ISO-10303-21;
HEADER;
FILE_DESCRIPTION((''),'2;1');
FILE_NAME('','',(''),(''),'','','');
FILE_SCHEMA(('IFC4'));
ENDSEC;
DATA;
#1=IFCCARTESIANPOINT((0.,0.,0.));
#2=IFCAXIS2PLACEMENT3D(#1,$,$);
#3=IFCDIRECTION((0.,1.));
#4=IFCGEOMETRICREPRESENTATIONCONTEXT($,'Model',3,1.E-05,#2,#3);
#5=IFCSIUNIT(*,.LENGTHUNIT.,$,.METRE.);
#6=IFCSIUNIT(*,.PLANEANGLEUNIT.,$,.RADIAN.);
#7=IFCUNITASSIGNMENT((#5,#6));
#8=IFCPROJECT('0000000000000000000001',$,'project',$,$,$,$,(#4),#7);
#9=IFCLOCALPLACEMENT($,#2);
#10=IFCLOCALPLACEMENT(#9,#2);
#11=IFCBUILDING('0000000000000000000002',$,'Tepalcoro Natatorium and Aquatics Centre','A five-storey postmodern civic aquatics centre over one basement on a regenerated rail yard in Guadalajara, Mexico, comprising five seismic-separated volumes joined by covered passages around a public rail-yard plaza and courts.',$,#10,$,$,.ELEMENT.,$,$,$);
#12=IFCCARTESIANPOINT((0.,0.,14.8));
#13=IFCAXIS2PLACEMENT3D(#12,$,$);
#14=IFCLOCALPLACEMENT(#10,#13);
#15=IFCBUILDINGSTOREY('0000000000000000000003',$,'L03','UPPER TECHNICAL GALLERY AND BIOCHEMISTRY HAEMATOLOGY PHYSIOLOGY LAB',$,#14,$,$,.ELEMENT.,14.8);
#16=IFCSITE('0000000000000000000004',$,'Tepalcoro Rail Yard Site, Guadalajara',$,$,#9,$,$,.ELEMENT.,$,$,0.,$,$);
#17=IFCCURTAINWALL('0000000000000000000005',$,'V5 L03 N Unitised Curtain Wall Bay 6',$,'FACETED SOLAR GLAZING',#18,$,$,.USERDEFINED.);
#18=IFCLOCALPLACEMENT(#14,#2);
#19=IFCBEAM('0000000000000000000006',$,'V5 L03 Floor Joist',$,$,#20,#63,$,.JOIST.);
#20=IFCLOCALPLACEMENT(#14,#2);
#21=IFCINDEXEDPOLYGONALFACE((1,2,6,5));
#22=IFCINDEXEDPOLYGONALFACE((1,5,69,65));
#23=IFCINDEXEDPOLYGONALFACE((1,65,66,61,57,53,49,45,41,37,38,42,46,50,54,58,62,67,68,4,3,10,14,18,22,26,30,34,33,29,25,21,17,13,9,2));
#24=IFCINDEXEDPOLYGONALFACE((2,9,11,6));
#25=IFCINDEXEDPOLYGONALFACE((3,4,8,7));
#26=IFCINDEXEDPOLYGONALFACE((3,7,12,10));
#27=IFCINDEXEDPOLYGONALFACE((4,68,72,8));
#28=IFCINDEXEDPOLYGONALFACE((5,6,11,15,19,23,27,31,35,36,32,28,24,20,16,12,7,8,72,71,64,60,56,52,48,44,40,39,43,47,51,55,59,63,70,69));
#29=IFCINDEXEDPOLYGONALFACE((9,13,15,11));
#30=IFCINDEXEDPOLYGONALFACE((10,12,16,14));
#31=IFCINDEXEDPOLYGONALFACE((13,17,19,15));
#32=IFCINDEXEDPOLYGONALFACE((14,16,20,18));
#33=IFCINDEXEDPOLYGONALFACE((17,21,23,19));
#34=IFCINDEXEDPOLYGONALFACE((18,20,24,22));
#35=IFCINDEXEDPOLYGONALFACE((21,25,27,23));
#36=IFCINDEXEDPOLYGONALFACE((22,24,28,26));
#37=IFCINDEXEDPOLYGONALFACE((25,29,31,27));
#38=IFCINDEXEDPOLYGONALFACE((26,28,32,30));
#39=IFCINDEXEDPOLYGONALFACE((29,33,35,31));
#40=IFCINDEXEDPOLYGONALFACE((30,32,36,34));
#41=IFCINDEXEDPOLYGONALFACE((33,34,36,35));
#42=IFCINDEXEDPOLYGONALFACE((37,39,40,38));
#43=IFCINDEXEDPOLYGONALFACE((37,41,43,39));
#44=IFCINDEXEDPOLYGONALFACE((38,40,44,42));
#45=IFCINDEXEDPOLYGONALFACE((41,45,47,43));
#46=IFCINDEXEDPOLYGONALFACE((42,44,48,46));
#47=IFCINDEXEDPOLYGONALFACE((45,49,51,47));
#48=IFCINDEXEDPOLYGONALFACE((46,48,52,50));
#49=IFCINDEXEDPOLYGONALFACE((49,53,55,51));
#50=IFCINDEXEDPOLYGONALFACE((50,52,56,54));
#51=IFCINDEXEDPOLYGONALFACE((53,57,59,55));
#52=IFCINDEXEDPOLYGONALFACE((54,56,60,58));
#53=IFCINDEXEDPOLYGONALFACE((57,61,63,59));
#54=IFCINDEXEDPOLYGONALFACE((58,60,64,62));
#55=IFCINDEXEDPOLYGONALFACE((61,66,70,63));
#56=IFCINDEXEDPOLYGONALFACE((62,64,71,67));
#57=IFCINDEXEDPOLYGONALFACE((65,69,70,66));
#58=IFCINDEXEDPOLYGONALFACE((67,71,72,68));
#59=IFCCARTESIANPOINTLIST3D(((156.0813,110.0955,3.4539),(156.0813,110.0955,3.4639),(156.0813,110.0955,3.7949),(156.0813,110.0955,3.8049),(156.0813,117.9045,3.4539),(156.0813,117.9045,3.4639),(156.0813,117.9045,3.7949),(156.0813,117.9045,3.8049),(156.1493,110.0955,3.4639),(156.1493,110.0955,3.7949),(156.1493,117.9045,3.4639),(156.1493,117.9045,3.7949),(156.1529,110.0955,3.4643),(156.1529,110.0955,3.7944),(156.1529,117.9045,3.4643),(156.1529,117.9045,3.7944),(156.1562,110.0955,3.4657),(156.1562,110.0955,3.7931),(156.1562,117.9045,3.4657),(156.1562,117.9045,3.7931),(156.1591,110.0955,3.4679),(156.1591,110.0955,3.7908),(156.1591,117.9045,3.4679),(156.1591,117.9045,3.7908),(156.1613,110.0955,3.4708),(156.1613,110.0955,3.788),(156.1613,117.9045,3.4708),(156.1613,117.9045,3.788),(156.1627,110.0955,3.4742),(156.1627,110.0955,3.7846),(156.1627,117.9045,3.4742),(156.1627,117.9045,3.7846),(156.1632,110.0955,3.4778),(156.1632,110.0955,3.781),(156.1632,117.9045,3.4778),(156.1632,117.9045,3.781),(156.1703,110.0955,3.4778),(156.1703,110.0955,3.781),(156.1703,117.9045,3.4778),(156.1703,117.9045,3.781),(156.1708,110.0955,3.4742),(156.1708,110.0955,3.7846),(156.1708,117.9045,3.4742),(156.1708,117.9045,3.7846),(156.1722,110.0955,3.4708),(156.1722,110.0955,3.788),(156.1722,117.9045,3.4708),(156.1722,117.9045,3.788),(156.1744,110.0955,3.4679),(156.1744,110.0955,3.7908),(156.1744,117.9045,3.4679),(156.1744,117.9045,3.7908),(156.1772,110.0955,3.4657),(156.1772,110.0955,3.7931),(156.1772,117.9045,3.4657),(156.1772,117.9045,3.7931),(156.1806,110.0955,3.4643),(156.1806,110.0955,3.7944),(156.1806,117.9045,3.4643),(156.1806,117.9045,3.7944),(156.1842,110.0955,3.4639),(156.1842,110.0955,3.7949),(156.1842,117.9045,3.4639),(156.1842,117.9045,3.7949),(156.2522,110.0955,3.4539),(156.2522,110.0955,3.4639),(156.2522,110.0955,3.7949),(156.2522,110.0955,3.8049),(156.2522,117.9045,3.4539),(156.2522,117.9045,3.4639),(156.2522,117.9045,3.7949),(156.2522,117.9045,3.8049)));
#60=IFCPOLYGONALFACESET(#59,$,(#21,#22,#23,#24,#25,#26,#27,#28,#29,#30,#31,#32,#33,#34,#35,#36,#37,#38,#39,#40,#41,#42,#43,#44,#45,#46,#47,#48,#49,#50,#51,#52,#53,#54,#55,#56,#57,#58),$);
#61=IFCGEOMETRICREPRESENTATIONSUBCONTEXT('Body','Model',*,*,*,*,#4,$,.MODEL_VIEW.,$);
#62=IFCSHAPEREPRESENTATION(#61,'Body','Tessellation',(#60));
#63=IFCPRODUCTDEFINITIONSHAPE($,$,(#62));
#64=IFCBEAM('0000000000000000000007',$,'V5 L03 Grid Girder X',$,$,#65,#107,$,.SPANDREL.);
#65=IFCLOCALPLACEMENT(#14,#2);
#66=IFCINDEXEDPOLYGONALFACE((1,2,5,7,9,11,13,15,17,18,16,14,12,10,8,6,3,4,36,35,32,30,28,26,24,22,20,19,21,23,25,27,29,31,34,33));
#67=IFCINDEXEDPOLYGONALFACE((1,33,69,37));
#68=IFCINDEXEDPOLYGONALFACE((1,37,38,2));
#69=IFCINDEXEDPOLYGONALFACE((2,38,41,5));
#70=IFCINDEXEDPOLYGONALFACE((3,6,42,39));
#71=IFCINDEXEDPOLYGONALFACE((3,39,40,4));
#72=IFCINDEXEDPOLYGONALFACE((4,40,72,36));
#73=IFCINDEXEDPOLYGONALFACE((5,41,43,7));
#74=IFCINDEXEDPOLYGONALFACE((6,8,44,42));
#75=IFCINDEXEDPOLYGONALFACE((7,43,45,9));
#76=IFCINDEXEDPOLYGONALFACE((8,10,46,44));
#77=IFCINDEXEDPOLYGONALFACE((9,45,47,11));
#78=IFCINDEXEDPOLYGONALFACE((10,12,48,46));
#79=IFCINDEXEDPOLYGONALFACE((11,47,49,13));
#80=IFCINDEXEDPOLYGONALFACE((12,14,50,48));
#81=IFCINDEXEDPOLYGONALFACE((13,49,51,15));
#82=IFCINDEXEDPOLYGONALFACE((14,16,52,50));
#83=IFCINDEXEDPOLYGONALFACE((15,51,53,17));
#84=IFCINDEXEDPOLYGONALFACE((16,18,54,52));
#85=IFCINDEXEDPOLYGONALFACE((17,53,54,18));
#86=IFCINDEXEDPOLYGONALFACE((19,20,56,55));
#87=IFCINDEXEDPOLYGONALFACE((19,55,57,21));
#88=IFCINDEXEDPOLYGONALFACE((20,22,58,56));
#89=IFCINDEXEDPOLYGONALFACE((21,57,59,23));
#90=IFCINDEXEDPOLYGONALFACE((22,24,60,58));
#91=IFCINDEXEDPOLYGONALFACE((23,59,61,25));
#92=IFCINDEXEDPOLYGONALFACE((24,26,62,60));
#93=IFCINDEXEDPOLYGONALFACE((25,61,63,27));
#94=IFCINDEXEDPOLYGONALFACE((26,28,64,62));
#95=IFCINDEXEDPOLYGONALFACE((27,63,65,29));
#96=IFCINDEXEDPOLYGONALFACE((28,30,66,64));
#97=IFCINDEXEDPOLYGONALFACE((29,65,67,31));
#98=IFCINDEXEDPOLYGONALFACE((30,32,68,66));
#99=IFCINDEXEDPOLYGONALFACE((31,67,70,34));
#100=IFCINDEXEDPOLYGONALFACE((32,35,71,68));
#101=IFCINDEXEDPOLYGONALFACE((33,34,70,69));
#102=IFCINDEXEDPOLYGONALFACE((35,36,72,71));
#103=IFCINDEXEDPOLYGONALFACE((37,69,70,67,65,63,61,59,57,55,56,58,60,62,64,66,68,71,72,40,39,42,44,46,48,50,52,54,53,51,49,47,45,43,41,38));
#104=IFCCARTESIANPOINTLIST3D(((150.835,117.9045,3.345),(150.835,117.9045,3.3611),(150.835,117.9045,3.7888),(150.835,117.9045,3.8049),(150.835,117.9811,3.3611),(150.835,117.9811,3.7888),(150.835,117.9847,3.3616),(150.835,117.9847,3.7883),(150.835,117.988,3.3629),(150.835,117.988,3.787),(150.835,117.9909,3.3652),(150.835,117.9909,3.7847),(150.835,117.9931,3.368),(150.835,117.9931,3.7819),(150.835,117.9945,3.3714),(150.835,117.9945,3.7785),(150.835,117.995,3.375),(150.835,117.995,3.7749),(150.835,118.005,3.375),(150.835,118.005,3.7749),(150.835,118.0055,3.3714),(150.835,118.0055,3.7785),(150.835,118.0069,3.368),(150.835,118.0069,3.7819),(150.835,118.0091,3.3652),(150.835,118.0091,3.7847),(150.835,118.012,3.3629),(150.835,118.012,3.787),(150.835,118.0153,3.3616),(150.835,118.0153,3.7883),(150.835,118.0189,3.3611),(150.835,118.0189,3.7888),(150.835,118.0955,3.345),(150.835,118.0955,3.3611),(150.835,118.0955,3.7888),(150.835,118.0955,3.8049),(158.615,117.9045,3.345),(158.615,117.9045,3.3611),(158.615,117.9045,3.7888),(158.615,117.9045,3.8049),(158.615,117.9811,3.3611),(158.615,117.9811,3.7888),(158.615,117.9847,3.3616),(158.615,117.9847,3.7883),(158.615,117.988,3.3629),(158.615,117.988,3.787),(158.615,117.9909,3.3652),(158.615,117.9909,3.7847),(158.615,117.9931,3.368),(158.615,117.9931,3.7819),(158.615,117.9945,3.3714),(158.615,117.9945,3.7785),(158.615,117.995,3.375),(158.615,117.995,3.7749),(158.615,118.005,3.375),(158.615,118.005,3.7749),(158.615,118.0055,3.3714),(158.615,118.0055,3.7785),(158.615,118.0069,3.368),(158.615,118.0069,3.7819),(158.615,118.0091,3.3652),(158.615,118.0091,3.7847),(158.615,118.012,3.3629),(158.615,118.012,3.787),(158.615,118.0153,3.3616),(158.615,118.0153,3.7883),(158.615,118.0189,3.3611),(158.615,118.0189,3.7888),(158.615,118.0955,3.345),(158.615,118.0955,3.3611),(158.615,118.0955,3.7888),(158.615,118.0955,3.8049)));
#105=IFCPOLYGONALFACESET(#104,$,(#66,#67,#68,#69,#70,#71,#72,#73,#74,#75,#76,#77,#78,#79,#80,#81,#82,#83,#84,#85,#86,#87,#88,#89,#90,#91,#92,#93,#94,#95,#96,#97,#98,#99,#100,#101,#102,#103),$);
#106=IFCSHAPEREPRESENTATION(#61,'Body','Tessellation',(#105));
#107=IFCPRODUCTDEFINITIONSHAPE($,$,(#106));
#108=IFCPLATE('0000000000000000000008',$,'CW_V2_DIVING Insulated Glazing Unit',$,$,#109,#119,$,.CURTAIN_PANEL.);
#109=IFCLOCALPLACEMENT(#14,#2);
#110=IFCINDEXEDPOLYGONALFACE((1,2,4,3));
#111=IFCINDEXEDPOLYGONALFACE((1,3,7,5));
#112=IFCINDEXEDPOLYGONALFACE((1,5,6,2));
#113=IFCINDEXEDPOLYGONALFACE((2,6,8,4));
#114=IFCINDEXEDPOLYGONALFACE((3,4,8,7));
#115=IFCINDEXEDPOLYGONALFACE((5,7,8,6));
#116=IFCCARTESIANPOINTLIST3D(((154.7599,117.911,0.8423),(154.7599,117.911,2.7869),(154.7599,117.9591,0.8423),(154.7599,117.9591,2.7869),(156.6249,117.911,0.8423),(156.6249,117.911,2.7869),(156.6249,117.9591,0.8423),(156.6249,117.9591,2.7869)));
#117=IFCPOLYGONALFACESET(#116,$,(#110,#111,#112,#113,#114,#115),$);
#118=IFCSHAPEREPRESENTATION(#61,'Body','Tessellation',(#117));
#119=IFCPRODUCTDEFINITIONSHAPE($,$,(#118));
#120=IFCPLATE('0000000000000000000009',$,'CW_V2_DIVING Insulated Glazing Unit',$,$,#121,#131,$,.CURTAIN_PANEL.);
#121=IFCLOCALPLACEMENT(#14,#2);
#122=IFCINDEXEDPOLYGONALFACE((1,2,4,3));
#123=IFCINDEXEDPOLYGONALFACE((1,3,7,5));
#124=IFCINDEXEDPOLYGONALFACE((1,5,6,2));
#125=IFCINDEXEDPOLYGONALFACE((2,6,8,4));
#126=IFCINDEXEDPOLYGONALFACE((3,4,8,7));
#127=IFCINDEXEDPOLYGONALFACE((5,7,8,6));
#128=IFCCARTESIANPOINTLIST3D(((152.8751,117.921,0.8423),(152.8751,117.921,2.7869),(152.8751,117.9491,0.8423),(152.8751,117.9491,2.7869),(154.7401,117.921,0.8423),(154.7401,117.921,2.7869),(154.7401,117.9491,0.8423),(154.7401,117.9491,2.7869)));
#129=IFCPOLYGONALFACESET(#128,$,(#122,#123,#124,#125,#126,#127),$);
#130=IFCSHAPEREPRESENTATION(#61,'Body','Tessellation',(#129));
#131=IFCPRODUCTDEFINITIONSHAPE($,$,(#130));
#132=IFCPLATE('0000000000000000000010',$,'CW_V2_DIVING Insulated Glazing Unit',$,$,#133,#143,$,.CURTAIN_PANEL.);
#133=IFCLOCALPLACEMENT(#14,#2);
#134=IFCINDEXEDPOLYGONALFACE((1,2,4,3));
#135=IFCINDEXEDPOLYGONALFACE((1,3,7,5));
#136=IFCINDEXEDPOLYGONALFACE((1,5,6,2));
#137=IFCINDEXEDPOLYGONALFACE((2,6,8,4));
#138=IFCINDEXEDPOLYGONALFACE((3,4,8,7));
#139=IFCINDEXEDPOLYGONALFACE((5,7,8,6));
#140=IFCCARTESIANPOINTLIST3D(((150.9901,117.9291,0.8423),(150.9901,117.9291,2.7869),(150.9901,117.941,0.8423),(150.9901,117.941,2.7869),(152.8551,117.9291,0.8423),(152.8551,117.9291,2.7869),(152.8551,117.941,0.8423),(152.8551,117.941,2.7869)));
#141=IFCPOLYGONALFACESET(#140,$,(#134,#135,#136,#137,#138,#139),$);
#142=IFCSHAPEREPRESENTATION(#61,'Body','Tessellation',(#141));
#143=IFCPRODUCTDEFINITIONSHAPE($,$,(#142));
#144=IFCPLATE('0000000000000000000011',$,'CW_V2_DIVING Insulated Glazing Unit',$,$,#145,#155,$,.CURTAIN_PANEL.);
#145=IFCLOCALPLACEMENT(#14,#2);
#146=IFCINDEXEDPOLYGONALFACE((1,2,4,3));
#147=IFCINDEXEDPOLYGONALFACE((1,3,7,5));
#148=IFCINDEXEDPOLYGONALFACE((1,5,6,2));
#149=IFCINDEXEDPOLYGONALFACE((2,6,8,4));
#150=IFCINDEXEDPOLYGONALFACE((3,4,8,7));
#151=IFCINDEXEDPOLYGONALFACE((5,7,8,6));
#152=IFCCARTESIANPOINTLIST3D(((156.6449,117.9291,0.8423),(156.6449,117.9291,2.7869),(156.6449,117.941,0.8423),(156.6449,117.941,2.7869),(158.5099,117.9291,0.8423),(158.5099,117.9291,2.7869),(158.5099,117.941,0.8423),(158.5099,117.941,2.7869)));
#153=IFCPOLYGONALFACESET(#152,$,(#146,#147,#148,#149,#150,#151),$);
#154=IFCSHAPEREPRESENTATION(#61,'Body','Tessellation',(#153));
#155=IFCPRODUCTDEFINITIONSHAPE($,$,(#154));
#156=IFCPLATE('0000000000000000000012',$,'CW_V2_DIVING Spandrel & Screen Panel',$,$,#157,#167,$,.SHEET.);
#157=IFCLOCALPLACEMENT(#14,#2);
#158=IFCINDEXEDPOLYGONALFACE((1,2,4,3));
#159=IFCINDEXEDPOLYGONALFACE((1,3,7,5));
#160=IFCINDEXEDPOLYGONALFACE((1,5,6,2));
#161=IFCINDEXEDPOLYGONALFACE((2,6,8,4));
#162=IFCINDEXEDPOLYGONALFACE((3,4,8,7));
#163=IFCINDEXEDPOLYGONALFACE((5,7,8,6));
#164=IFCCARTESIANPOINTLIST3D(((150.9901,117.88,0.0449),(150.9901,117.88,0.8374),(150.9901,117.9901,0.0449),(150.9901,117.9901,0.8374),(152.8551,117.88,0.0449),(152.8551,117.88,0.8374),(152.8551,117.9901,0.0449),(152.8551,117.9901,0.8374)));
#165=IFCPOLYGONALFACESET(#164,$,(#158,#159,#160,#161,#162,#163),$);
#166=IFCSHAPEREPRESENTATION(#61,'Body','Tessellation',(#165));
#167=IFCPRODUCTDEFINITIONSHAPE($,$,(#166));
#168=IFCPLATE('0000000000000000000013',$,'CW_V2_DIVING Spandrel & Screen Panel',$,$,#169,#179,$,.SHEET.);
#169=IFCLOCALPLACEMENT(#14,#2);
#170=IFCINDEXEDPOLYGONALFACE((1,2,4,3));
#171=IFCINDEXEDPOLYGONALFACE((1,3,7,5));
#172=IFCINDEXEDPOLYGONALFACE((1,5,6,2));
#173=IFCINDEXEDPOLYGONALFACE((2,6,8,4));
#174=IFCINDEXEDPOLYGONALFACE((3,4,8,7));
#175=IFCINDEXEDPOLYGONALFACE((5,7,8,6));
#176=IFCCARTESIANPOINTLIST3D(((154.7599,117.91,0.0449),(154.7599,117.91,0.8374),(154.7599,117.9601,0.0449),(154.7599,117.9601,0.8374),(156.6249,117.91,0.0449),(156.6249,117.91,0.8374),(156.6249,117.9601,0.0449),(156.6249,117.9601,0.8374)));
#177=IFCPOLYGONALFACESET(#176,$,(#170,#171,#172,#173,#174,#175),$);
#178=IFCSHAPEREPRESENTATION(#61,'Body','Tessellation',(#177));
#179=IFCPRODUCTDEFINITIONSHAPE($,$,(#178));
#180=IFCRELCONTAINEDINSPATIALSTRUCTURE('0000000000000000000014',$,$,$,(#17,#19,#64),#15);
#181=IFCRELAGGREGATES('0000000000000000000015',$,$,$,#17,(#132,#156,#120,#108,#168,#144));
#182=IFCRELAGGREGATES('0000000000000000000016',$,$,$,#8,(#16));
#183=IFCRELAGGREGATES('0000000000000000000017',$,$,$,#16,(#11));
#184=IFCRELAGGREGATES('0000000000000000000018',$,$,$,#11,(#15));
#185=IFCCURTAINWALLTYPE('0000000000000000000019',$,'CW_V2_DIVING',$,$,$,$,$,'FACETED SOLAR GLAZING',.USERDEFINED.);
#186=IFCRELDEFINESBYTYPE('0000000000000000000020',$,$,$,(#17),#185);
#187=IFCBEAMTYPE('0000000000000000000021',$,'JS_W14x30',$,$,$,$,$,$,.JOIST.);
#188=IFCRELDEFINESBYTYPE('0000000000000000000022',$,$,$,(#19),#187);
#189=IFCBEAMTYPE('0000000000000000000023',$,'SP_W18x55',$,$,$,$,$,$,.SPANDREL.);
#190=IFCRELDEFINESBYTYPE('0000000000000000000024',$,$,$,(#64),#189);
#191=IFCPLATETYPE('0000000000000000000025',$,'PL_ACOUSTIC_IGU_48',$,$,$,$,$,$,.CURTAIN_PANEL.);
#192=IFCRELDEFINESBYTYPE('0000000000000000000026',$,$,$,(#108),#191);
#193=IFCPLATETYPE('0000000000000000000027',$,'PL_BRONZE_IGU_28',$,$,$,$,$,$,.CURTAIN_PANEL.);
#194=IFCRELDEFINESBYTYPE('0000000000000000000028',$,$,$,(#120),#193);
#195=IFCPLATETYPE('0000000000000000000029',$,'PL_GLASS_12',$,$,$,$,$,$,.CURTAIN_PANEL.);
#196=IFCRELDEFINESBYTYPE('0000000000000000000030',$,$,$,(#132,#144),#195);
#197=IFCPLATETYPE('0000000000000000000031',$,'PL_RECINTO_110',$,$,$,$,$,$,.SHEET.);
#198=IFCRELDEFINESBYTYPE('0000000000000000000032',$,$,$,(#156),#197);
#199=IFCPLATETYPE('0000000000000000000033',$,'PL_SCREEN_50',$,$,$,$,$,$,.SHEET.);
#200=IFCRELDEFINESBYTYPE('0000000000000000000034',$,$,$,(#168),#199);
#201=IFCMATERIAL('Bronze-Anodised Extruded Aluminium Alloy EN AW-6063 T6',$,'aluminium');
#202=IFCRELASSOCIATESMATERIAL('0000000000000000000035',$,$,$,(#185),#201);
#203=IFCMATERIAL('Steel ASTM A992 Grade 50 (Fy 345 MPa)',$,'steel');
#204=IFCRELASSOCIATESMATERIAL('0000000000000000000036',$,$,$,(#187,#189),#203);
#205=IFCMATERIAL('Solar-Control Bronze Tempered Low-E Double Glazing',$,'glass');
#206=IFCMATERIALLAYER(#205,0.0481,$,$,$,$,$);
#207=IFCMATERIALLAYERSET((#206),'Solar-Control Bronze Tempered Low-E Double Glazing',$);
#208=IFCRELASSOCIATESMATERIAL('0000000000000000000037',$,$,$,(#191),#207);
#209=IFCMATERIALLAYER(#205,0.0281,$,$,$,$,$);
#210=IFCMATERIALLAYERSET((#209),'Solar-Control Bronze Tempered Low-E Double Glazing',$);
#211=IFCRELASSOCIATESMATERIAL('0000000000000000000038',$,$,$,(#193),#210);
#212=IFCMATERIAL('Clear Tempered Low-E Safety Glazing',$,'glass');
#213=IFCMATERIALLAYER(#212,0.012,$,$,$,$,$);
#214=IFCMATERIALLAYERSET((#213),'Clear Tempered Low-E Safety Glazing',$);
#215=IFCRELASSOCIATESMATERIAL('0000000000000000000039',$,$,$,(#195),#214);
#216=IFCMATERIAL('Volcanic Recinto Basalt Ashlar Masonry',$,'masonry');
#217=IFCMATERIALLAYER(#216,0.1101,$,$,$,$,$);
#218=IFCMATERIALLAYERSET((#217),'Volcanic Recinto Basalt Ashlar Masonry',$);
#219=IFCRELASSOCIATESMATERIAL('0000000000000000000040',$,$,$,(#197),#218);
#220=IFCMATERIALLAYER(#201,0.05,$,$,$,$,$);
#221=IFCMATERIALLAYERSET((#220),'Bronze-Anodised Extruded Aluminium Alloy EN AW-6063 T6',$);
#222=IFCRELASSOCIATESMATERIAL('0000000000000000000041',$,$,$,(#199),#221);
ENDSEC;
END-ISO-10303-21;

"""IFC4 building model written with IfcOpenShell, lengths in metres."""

from ifc_helpers import new_model, si_unit, direction, frame, origin, origin_2d, place, context, subcontext, project, spatial, rectangle, i_section, extrude, material, layer, layer_set, material_profile, profile_set, type_object, element, aggregate, save


model = new_model("IFC4")

# Units and contexts
model_context = context("Model", 3, precision=1e-05, world=origin(), true_north=direction((0.0, 1.0)))
body_context = subcontext(model_context, "Body", "Model", "MODEL_VIEW")
ifc_project = project(units=[si_unit("LENGTHUNIT", "METRE"), si_unit("PLANEANGLEUNIT", "RADIAN")], contexts=[model_context])

# Site, building, storey
site_placement = place(None, origin())
site = spatial("IfcSite", under=ifc_project, at=site_placement, Name="Tepalcoro Rail Yard Site, Guadalajara", CompositionType="ELEMENT", RefElevation=0.0)
building_placement = place(site_placement, origin())
building = spatial("IfcBuilding", under=site, at=building_placement, Name="Tepalcoro Natatorium and Aquatics Centre", Description="A five-storey postmodern civic aquatics centre over one basement on a regenerated rail yard in Guadalajara, Mexico, comprising five seismic-separated volumes joined by covered passages around a public rail-yard plaza and courts.", CompositionType="ELEMENT")
storey_placement = place(building_placement, frame((0.0, 0.0, 14.8)))
storey = spatial("IfcBuildingStorey", under=building, at=storey_placement, Name="L03", Description="UPPER TECHNICAL GALLERY AND BIOCHEMISTRY HAEMATOLOGY PHYSIOLOGY LAB", CompositionType="ELEMENT", Elevation=14.8)

# Shared definitions
ifc_material_1 = material(Name="Steel ASTM A992 Grade 50 (Fy 345 MPa)", Category="steel")

# Curtain wall
ifc_material_2 = material(Name="Bronze-Anodised Extruded Aluminium Alloy EN AW-6063 T6", Category="aluminium")
curtain_wall_type = type_object("IfcCurtainWallType", Name="CW_V2_DIVING", ElementType="FACETED SOLAR GLAZING", PredefinedType="USERDEFINED", material=ifc_material_2)
curtain_wall_placement = place(storey_placement, origin())
curtain_wall = element("IfcCurtainWall", 1, at=curtain_wall_placement, inside=storey, type_object=curtain_wall_type, Name="V5 L03 N Unitised Curtain Wall Bay 6", ObjectType="FACETED SOLAR GLAZING", PredefinedType="USERDEFINED")

# Beams
ifc_material_profile_1 = material_profile(ifc_material_1, i_section(OverallWidth=0.1709, OverallDepth=0.3511, WebThickness=0.0071, FlangeThickness=0.01, FilletRadius=0.0139, at=origin_2d()), Name="W14X30")
ifc_profile_set_1 = profile_set([ifc_material_profile_1], Name="Steel ASTM A992 Grade 50 (Fy 345 MPa)")
beam_type_1 = type_object("IfcBeamType", Name="JS_W14x30", PredefinedType="JOIST", material=ifc_profile_set_1)
beam_1_placement = place(storey_placement, frame((156.1667, 110.0955, 3.6294), z_axis=(0.0, 1.0, 0.0), x_axis=(-1.0, 0.0, 0.0)))
element("IfcBeam", 2, at=beam_1_placement, inside=storey, type_object=beam_type_1, Name="V5 L03 Floor Joist", PredefinedType="JOIST", context=body_context, shape_type="SweptSolid", body=[
    extrude(i_section(OverallWidth=0.1709, OverallDepth=0.3511, WebThickness=0.0071, FlangeThickness=0.01, FilletRadius=0.0139, at=origin_2d()), origin(), (0.0, 0.0, 1.0), 7.8091),
])
ifc_material_profile_2 = material_profile(ifc_material_1, i_section(OverallWidth=0.1909, OverallDepth=0.46, WebThickness=0.01, FlangeThickness=0.0161, FilletRadius=0.0139, at=origin_2d()), Name="W18X55")
ifc_profile_set_2 = profile_set([ifc_material_profile_2], Name="Steel ASTM A992 Grade 50 (Fy 345 MPa)")
beam_type_2 = type_object("IfcBeamType", Name="SP_W18x55", PredefinedType="SPANDREL", material=ifc_profile_set_2)
beam_2_placement = place(storey_placement, frame((150.835, 118.0, 3.575), z_axis=(1.0, 0.0, 0.0), x_axis=(0.0, 1.0, 0.0)))
element("IfcBeam", 3, at=beam_2_placement, inside=storey, type_object=beam_type_2, Name="V5 L03 Grid Girder X", PredefinedType="SPANDREL", context=body_context, shape_type="SweptSolid", body=[
    extrude(i_section(OverallWidth=0.1909, OverallDepth=0.46, WebThickness=0.01, FlangeThickness=0.0161, FilletRadius=0.0139, at=origin_2d()), origin(), (0.0, 0.0, 1.0), 7.78),
])

# Plates
ifc_material_3 = material(Name="Solar-Control Bronze Tempered Low-E Double Glazing", Category="glass")
ifc_layer_1 = layer(ifc_material_3, 0.0481)
ifc_layer_set_1 = layer_set([ifc_layer_1], Name="Solar-Control Bronze Tempered Low-E Double Glazing")
plate_type_1 = type_object("IfcPlateType", Name="PL_ACOUSTIC_IGU_48", PredefinedType="CURTAIN_PANEL", material=ifc_layer_set_1)
plate_1_placement = place(storey_placement, frame((155.6924, 117.9351, 0.8423), z_axis=(0.0, 0.0, 1.0), x_axis=(1.0, 0.0, 0.0)))
plate_1 = element("IfcPlate", 4, at=plate_1_placement, type_object=plate_type_1, Name="CW_V2_DIVING Insulated Glazing Unit", PredefinedType="CURTAIN_PANEL", context=body_context, shape_type="SweptSolid", body=[
    extrude(rectangle(XDim=1.865, YDim=0.0481, at=origin_2d()), origin(), (0.0, 0.0, 1.0), 1.9446),
])
ifc_layer_2 = layer(ifc_material_3, 0.0281)
ifc_layer_set_2 = layer_set([ifc_layer_2], Name="Solar-Control Bronze Tempered Low-E Double Glazing")
plate_type_2 = type_object("IfcPlateType", Name="PL_BRONZE_IGU_28", PredefinedType="CURTAIN_PANEL", material=ifc_layer_set_2)
plate_2_placement = place(storey_placement, frame((153.8076, 117.9351, 0.8423), z_axis=(0.0, 0.0, 1.0), x_axis=(1.0, 0.0, 0.0)))
plate_2 = element("IfcPlate", 5, at=plate_2_placement, type_object=plate_type_2, Name="CW_V2_DIVING Insulated Glazing Unit", PredefinedType="CURTAIN_PANEL", context=body_context, shape_type="SweptSolid", body=[
    extrude(rectangle(XDim=1.865, YDim=0.0281, at=origin_2d()), origin(), (0.0, 0.0, 1.0), 1.9446),
])
ifc_material_4 = material(Name="Clear Tempered Low-E Safety Glazing", Category="glass")
ifc_layer_3 = layer(ifc_material_4, 0.012)
ifc_layer_set_3 = layer_set([ifc_layer_3], Name="Clear Tempered Low-E Safety Glazing")
plate_type_3 = type_object("IfcPlateType", Name="PL_GLASS_12", PredefinedType="CURTAIN_PANEL", material=ifc_layer_set_3)
plate_3_placement = place(storey_placement, frame((151.9226, 117.9351, 0.8423), z_axis=(0.0, 0.0, 1.0), x_axis=(1.0, 0.0, 0.0)))
plate_3 = element("IfcPlate", 6, at=plate_3_placement, type_object=plate_type_3, Name="CW_V2_DIVING Insulated Glazing Unit", PredefinedType="CURTAIN_PANEL", context=body_context, shape_type="SweptSolid", body=[
    extrude(rectangle(XDim=1.865, YDim=0.012, at=origin_2d()), origin(), (0.0, 0.0, 1.0), 1.9446),
])
plate_4_placement = place(storey_placement, frame((157.5774, 117.9351, 0.8423), z_axis=(0.0, 0.0, 1.0), x_axis=(1.0, 0.0, 0.0)))
plate_4 = element("IfcPlate", 7, at=plate_4_placement, type_object=plate_type_3, Name="CW_V2_DIVING Insulated Glazing Unit", PredefinedType="CURTAIN_PANEL", context=body_context, shape_type="SweptSolid", body=[
    extrude(rectangle(XDim=1.865, YDim=0.012, at=origin_2d()), origin(), (0.0, 0.0, 1.0), 1.9446),
])
ifc_material_5 = material(Name="Volcanic Recinto Basalt Ashlar Masonry", Category="masonry")
ifc_layer_4 = layer(ifc_material_5, 0.1101)
ifc_layer_set_4 = layer_set([ifc_layer_4], Name="Volcanic Recinto Basalt Ashlar Masonry")
plate_type_4 = type_object("IfcPlateType", Name="PL_RECINTO_110", PredefinedType="SHEET", material=ifc_layer_set_4)
plate_5_placement = place(storey_placement, frame((151.9226, 117.9351, 0.0449), z_axis=(0.0, 0.0, 1.0), x_axis=(1.0, 0.0, 0.0)))
plate_5 = element("IfcPlate", 8, at=plate_5_placement, type_object=plate_type_4, Name="CW_V2_DIVING Spandrel & Screen Panel", PredefinedType="SHEET", context=body_context, shape_type="SweptSolid", body=[
    extrude(rectangle(XDim=1.865, YDim=0.1101, at=origin_2d()), origin(), (0.0, 0.0, 1.0), 0.7925),
])
ifc_layer_5 = layer(ifc_material_2, 0.05)
ifc_layer_set_5 = layer_set([ifc_layer_5], Name="Bronze-Anodised Extruded Aluminium Alloy EN AW-6063 T6")
plate_type_5 = type_object("IfcPlateType", Name="PL_SCREEN_50", PredefinedType="SHEET", material=ifc_layer_set_5)
plate_6_placement = place(storey_placement, frame((155.6924, 117.9351, 0.0449), z_axis=(0.0, 0.0, 1.0), x_axis=(1.0, 0.0, 0.0)))
plate_6 = element("IfcPlate", 9, at=plate_6_placement, type_object=plate_type_5, Name="CW_V2_DIVING Spandrel & Screen Panel", PredefinedType="SHEET", context=body_context, shape_type="SweptSolid", body=[
    extrude(rectangle(XDim=1.865, YDim=0.05, at=origin_2d()), origin(), (0.0, 0.0, 1.0), 0.7925),
])
aggregate(curtain_wall, [plate_3, plate_5, plate_2, plate_1, plate_6, plate_4])

save(model, "model.ifc")
